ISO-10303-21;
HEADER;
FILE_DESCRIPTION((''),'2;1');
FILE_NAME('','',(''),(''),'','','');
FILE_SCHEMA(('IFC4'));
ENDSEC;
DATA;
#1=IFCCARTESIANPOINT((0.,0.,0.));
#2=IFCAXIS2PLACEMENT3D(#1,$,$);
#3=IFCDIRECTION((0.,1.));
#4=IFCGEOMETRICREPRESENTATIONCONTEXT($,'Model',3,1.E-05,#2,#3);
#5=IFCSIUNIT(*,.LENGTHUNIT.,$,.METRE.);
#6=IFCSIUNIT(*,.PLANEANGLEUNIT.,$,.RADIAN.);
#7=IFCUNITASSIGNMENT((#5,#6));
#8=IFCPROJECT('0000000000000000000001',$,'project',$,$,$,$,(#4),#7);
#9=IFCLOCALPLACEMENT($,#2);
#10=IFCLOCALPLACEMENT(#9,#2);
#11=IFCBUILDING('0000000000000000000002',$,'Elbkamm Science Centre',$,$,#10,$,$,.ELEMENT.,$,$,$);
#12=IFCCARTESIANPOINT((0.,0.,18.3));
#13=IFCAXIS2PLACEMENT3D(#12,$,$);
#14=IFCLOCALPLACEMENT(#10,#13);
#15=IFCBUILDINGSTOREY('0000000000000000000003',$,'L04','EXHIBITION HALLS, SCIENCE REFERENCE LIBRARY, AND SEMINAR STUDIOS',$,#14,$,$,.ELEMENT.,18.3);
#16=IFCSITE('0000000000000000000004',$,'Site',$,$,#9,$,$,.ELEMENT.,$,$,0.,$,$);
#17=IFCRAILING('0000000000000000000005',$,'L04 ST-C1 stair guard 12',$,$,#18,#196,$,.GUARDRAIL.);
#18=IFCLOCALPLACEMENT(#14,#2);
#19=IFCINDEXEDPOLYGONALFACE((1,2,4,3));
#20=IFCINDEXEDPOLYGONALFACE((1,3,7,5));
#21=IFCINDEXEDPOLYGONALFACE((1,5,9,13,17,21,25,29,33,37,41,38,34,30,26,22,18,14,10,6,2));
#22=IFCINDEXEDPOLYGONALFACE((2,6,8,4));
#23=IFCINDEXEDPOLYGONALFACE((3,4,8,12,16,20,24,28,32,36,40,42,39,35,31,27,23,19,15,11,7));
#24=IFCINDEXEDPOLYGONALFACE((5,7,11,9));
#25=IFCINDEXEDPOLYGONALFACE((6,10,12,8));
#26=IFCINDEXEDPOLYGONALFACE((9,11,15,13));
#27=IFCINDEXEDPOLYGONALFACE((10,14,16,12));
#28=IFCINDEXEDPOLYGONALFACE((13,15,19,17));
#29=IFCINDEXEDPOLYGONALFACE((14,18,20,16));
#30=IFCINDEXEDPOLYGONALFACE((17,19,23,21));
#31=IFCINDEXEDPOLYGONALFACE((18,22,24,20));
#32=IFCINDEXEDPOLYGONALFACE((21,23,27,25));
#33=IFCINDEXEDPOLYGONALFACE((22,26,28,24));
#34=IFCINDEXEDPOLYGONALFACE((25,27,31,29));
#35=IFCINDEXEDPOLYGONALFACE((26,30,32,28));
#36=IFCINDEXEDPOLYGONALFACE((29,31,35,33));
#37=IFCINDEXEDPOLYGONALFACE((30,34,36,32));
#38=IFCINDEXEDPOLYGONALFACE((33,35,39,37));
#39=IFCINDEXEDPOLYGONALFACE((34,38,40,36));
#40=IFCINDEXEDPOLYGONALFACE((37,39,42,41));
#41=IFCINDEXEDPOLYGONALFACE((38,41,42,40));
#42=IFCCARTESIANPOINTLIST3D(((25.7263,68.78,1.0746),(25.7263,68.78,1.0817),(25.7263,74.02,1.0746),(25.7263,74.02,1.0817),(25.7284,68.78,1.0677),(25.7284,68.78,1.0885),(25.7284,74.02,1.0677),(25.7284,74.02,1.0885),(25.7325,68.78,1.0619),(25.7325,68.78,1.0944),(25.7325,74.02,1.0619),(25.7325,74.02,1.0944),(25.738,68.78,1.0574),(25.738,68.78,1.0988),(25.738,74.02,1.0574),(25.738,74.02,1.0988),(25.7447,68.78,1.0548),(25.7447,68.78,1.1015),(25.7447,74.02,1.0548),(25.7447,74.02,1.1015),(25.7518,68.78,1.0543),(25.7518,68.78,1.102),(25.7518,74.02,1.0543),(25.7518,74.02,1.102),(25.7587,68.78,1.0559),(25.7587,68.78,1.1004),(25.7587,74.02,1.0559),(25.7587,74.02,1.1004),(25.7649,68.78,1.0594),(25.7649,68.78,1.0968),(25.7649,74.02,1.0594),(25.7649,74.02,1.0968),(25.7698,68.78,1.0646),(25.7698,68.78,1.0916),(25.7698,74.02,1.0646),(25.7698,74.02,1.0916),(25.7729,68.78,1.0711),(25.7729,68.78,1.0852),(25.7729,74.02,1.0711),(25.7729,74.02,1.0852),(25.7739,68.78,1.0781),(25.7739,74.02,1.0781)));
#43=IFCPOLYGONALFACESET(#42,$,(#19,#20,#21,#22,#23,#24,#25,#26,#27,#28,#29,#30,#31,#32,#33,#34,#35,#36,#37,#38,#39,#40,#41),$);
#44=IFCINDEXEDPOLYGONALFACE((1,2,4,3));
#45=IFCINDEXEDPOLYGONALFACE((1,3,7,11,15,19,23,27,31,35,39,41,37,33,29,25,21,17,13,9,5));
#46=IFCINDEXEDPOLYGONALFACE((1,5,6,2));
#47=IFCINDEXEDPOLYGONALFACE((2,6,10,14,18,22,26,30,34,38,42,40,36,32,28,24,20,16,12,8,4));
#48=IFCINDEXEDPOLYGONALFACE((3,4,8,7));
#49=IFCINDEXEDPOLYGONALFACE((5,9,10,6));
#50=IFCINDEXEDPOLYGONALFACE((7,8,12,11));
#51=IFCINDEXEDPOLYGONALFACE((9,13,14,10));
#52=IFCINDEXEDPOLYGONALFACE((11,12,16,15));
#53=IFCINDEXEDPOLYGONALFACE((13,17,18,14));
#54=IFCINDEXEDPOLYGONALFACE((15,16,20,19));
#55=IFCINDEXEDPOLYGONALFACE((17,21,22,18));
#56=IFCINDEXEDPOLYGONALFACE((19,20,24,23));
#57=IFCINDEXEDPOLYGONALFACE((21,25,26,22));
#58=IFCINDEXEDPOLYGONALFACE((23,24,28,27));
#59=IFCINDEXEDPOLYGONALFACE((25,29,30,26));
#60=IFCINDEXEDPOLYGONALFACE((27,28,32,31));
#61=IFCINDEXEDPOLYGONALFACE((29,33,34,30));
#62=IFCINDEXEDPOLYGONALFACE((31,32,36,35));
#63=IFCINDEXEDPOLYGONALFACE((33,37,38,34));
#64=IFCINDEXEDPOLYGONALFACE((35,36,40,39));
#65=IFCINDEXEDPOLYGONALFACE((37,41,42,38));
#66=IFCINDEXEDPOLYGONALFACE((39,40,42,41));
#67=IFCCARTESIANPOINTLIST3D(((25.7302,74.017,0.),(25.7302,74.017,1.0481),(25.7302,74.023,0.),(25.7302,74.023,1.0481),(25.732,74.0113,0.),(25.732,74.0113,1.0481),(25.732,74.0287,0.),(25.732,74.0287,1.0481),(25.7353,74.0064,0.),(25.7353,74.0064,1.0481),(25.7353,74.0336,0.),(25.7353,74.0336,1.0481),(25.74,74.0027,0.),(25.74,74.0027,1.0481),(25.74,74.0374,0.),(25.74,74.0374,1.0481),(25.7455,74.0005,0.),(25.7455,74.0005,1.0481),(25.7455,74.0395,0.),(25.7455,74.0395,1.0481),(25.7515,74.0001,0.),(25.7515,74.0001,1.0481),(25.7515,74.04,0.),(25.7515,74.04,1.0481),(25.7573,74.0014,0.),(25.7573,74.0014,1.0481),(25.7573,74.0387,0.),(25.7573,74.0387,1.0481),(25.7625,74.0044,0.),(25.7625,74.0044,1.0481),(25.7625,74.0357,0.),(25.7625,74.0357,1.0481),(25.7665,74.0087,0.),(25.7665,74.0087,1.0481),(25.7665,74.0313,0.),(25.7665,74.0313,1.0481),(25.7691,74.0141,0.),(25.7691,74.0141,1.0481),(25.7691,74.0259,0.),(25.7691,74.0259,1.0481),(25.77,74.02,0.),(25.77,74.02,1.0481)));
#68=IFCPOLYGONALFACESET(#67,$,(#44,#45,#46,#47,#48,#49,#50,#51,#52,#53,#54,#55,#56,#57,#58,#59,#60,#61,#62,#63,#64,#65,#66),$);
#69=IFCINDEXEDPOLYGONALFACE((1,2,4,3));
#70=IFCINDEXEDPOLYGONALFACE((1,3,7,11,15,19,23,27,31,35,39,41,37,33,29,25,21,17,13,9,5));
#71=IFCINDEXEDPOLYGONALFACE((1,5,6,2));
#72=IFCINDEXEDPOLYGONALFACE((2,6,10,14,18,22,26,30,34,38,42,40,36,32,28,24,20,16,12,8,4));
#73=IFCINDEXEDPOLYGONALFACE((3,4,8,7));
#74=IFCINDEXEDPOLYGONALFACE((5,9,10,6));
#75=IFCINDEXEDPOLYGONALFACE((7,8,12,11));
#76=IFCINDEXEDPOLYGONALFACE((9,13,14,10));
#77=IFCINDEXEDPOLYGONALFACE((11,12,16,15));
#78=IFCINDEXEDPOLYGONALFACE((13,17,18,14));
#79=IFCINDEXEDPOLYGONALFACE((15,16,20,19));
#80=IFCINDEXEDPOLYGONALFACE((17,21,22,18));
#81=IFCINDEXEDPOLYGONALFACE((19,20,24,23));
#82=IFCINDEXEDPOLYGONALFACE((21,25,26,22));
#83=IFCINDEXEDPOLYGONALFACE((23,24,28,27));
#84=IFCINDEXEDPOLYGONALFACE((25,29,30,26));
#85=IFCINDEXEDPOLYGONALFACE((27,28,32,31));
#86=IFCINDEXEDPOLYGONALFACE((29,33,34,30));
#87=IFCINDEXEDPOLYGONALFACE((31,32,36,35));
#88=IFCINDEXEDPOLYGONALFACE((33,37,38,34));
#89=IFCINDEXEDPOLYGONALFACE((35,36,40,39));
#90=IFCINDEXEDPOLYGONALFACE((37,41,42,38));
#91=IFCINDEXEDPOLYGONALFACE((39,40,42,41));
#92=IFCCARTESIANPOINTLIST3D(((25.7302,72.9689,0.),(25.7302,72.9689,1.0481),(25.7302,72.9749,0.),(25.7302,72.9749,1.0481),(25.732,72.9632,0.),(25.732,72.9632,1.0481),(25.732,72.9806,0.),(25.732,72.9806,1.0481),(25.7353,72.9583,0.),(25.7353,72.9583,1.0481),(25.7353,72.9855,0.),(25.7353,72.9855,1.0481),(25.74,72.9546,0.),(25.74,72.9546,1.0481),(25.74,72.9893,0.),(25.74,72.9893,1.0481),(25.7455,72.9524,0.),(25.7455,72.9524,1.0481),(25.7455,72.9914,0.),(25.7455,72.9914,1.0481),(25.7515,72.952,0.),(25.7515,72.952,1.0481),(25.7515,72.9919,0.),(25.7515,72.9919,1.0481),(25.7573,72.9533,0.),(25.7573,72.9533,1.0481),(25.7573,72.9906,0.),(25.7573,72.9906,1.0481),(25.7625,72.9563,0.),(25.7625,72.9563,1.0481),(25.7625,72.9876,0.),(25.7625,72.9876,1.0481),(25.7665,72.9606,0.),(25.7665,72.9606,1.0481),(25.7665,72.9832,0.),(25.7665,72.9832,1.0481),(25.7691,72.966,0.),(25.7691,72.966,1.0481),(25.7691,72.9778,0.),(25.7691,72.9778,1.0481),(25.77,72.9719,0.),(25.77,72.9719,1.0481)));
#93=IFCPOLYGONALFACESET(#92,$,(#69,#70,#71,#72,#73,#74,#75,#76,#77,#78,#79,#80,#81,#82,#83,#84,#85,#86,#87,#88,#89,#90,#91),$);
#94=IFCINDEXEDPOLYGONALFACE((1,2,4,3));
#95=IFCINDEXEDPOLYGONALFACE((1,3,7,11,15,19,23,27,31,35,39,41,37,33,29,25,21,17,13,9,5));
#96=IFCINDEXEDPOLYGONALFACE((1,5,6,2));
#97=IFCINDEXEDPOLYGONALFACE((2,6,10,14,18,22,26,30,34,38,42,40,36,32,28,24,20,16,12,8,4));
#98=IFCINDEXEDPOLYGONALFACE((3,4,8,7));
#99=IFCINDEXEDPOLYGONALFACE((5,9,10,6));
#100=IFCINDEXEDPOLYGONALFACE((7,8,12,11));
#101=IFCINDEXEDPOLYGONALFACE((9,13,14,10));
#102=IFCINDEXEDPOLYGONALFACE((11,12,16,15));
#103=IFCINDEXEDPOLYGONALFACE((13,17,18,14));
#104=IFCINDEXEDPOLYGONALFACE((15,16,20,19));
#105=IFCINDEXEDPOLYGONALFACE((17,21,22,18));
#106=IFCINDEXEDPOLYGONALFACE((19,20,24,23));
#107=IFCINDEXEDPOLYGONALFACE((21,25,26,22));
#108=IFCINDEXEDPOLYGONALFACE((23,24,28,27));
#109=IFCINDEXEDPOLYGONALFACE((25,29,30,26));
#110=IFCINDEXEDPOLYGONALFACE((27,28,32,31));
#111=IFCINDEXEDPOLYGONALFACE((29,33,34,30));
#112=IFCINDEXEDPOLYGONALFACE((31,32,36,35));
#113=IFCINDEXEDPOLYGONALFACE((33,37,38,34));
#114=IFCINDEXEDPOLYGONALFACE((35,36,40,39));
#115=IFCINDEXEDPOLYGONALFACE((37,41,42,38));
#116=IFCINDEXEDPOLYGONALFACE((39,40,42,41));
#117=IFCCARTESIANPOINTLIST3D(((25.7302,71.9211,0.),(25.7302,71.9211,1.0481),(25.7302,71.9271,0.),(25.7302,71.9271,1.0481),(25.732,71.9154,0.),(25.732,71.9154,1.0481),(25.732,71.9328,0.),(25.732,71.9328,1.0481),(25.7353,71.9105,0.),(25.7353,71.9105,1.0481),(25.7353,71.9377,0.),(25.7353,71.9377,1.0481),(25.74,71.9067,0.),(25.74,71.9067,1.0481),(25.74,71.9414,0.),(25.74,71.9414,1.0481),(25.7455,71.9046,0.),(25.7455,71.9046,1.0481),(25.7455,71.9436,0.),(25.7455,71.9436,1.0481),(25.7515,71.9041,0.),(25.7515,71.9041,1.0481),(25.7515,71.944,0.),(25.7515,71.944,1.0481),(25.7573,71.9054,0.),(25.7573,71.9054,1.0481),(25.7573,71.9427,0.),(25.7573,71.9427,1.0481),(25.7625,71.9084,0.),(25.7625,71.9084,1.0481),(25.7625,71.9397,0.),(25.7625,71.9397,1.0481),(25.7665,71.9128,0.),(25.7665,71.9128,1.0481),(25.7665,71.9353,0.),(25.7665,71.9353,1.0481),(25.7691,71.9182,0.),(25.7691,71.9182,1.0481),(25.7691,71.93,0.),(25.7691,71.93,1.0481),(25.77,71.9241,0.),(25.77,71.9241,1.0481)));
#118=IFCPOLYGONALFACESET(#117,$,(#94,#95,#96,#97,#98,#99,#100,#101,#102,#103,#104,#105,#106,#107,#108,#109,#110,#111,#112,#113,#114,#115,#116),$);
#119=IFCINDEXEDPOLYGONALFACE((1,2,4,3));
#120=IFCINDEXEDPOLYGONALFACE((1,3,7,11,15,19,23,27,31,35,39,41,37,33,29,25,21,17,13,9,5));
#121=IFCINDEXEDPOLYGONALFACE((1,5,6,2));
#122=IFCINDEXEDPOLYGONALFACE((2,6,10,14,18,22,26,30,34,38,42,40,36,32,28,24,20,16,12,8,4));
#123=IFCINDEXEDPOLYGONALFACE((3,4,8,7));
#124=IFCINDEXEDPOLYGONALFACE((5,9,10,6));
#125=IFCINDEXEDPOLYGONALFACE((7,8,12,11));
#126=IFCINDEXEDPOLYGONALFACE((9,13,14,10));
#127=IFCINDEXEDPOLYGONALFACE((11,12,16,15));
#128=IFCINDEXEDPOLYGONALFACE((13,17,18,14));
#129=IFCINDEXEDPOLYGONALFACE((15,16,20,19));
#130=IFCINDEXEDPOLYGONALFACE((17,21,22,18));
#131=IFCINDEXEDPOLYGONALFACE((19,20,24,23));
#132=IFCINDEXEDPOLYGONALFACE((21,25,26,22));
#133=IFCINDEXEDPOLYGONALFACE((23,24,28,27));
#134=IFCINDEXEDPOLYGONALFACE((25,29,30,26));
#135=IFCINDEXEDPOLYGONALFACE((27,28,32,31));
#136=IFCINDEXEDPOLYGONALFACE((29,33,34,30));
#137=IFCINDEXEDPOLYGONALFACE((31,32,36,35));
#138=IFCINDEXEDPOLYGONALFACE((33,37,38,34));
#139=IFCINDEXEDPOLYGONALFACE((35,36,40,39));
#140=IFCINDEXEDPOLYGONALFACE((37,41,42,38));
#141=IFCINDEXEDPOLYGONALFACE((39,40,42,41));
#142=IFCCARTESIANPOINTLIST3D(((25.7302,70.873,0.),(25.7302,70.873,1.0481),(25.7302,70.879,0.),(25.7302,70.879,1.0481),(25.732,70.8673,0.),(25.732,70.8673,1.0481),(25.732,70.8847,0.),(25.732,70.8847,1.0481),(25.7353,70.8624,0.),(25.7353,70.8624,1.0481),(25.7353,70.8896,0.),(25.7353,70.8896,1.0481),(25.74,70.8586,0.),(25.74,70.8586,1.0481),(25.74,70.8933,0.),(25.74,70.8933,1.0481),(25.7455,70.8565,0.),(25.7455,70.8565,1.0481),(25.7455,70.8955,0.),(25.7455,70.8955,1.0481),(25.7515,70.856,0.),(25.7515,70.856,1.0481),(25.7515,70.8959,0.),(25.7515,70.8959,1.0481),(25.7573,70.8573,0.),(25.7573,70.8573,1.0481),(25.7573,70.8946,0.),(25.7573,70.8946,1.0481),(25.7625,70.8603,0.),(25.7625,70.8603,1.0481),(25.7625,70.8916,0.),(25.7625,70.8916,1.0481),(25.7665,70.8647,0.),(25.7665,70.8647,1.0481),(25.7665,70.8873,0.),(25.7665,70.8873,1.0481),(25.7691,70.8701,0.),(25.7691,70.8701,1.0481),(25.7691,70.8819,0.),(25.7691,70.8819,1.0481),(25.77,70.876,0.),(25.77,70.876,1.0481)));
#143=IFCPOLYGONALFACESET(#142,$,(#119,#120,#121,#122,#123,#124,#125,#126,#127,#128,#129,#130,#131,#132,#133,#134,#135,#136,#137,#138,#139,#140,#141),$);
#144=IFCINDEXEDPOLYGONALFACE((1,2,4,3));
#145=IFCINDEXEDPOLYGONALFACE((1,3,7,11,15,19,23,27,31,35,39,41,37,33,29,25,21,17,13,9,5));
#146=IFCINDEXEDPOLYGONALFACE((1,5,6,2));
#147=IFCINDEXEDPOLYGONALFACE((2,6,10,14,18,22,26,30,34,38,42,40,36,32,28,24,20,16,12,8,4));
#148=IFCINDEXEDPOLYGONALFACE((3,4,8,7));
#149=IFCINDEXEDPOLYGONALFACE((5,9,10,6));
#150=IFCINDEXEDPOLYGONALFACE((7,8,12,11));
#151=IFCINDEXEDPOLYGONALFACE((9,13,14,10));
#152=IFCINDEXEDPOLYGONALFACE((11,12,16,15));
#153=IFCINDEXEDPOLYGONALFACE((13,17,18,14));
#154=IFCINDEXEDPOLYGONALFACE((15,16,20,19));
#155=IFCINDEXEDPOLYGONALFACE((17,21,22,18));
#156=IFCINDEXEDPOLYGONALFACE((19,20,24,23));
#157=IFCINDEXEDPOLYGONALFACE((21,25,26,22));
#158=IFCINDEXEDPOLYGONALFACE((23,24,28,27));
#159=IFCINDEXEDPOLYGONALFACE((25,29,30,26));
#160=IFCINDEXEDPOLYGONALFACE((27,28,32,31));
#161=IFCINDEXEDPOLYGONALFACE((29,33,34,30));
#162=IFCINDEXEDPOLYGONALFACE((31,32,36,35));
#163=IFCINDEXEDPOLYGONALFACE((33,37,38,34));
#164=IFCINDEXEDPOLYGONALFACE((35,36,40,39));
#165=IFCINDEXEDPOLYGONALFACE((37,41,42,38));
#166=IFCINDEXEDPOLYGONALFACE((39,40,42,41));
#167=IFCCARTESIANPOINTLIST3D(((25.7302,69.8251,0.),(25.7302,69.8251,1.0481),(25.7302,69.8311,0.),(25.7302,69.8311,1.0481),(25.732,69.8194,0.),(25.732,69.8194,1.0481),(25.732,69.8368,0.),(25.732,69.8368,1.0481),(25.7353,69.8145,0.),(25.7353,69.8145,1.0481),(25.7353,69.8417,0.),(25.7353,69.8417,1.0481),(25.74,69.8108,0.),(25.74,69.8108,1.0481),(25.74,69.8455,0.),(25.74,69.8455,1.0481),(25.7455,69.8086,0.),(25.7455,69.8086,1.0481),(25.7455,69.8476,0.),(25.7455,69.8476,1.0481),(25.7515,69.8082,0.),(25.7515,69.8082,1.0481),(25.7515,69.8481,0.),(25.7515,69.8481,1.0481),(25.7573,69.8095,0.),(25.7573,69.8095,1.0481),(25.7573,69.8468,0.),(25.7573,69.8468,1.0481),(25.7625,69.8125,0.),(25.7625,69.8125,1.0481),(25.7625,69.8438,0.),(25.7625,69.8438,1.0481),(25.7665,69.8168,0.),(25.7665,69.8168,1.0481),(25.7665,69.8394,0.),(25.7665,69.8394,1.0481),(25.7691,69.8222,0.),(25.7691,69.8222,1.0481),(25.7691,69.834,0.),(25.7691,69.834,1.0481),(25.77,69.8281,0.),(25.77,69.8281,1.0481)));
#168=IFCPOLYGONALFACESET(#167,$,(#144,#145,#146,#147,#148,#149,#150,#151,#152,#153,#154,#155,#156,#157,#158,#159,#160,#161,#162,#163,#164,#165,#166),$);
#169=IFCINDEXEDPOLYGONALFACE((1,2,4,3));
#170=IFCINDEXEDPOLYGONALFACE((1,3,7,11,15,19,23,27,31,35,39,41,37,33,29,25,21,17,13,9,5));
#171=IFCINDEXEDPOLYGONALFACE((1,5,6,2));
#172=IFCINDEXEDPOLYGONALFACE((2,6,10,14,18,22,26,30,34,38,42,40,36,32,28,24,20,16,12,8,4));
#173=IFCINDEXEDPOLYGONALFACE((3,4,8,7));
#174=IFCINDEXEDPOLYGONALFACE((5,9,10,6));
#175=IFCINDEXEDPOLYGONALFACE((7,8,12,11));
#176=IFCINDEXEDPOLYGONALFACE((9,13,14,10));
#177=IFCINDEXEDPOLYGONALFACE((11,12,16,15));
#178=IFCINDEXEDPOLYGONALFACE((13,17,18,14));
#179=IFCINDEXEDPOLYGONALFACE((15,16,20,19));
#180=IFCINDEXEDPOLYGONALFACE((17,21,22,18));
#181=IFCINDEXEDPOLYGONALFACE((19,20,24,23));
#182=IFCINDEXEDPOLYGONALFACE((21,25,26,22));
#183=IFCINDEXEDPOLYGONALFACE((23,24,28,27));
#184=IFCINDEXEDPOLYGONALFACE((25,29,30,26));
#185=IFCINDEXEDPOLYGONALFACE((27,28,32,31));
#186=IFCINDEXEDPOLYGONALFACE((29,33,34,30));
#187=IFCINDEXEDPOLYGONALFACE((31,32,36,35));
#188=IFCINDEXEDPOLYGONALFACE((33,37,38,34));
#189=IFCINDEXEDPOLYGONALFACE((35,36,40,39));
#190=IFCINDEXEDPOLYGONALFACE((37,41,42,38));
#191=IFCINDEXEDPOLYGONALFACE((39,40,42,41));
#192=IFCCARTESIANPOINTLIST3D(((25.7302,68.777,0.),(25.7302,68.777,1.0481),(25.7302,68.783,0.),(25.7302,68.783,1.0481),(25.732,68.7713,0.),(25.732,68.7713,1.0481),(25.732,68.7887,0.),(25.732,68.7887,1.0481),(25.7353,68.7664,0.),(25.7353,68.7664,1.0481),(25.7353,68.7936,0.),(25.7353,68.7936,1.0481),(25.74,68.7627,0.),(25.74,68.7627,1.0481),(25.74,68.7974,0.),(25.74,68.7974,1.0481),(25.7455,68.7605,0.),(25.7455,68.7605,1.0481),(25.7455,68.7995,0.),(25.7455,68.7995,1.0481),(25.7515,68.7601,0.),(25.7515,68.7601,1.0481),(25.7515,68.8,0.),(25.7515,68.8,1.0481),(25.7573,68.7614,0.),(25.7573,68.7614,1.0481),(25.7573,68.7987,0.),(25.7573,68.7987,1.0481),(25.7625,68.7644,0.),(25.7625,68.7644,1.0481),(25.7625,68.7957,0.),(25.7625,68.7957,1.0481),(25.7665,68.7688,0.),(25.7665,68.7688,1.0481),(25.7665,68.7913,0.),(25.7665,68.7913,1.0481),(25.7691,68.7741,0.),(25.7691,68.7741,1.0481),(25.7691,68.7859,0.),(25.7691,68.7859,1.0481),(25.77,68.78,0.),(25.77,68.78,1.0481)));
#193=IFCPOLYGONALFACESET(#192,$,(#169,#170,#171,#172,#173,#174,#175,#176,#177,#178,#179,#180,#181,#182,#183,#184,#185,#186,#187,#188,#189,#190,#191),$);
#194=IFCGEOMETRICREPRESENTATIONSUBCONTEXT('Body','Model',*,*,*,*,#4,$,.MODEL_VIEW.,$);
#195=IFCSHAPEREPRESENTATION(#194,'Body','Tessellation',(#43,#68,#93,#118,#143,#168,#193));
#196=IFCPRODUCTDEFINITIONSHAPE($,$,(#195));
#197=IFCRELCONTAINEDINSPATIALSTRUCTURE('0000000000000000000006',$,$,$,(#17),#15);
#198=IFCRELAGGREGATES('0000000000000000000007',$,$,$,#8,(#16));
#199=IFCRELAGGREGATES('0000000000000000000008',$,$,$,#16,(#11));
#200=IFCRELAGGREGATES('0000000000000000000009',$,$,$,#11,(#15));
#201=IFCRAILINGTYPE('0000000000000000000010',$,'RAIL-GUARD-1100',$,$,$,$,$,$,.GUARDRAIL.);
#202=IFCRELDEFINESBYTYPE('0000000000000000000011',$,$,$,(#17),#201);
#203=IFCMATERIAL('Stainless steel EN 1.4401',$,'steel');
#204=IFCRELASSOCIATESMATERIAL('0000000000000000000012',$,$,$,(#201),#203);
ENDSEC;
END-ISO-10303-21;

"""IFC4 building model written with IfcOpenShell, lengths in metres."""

from ifc_helpers import new_model, si_unit, direction, frame, origin, origin_2d, place, context, subcontext, project, spatial, circle, extrude, material, type_object, element, save


model = new_model("IFC4")

# Units and contexts
model_context = context("Model", 3, precision=1e-05, world=origin(), true_north=direction((0.0, 1.0)))
body_context = subcontext(model_context, "Body", "Model", "MODEL_VIEW")
ifc_project = project(units=[si_unit("LENGTHUNIT", "METRE"), si_unit("PLANEANGLEUNIT", "RADIAN")], contexts=[model_context])

# Site, building, storey
site_placement = place(None, origin())
site = spatial("IfcSite", under=ifc_project, at=site_placement, Name="Site", CompositionType="ELEMENT", RefElevation=0.0)
building_placement = place(site_placement, origin())
building = spatial("IfcBuilding", under=site, at=building_placement, Name="Elbkamm Science Centre", CompositionType="ELEMENT")
storey_placement = place(building_placement, frame((0.0, 0.0, 18.3)))
storey = spatial("IfcBuildingStorey", under=building, at=storey_placement, Name="L04", Description="EXHIBITION HALLS, SCIENCE REFERENCE LIBRARY, AND SEMINAR STUDIOS", CompositionType="ELEMENT", Elevation=18.3)

# Railing
ifc_material_1 = material(Name="Stainless steel EN 1.4401", Category="steel")
railing_type_1 = type_object("IfcRailingType", Name="RAIL-GUARD-1100", PredefinedType="GUARDRAIL", material=ifc_material_1)
railing_1_placement = place(storey_placement, frame((25.75, 74.02, 0.0)))
element("IfcRailing", 1, at=railing_1_placement, inside=storey, type_object=railing_type_1, Name="L04 ST-C1 stair guard 12", PredefinedType="GUARDRAIL", context=body_context, shape_type="SweptSolid", body=[
    extrude(circle(Radius=0.0239, at=origin_2d()), frame((0.0, 0.0, 1.0781), z_axis=(0.0, -1.0, 0.0), x_axis=(1.0, 0.0, 0.0)), (0.0, 0.0, 1.0), 5.24),
    extrude(circle(Radius=0.02, at=origin_2d()), origin(), (0.0, 0.0, 1.0), 1.0481),
    extrude(circle(Radius=0.02, at=origin_2d()), frame((0.0, -1.0481, 0.0)), (0.0, 0.0, 1.0), 1.0481),
    extrude(circle(Radius=0.02, at=origin_2d()), frame((0.0, -2.0959, 0.0)), (0.0, 0.0, 1.0), 1.0481),
    extrude(circle(Radius=0.02, at=origin_2d()), frame((0.0, -3.144, 0.0)), (0.0, 0.0, 1.0), 1.0481),
    extrude(circle(Radius=0.02, at=origin_2d()), frame((0.0, -4.1919, 0.0)), (0.0, 0.0, 1.0), 1.0481),
    extrude(circle(Radius=0.02, at=origin_2d()), frame((0.0, -5.24, 0.0)), (0.0, 0.0, 1.0), 1.0481),
])

save(model, "model.ifc")
